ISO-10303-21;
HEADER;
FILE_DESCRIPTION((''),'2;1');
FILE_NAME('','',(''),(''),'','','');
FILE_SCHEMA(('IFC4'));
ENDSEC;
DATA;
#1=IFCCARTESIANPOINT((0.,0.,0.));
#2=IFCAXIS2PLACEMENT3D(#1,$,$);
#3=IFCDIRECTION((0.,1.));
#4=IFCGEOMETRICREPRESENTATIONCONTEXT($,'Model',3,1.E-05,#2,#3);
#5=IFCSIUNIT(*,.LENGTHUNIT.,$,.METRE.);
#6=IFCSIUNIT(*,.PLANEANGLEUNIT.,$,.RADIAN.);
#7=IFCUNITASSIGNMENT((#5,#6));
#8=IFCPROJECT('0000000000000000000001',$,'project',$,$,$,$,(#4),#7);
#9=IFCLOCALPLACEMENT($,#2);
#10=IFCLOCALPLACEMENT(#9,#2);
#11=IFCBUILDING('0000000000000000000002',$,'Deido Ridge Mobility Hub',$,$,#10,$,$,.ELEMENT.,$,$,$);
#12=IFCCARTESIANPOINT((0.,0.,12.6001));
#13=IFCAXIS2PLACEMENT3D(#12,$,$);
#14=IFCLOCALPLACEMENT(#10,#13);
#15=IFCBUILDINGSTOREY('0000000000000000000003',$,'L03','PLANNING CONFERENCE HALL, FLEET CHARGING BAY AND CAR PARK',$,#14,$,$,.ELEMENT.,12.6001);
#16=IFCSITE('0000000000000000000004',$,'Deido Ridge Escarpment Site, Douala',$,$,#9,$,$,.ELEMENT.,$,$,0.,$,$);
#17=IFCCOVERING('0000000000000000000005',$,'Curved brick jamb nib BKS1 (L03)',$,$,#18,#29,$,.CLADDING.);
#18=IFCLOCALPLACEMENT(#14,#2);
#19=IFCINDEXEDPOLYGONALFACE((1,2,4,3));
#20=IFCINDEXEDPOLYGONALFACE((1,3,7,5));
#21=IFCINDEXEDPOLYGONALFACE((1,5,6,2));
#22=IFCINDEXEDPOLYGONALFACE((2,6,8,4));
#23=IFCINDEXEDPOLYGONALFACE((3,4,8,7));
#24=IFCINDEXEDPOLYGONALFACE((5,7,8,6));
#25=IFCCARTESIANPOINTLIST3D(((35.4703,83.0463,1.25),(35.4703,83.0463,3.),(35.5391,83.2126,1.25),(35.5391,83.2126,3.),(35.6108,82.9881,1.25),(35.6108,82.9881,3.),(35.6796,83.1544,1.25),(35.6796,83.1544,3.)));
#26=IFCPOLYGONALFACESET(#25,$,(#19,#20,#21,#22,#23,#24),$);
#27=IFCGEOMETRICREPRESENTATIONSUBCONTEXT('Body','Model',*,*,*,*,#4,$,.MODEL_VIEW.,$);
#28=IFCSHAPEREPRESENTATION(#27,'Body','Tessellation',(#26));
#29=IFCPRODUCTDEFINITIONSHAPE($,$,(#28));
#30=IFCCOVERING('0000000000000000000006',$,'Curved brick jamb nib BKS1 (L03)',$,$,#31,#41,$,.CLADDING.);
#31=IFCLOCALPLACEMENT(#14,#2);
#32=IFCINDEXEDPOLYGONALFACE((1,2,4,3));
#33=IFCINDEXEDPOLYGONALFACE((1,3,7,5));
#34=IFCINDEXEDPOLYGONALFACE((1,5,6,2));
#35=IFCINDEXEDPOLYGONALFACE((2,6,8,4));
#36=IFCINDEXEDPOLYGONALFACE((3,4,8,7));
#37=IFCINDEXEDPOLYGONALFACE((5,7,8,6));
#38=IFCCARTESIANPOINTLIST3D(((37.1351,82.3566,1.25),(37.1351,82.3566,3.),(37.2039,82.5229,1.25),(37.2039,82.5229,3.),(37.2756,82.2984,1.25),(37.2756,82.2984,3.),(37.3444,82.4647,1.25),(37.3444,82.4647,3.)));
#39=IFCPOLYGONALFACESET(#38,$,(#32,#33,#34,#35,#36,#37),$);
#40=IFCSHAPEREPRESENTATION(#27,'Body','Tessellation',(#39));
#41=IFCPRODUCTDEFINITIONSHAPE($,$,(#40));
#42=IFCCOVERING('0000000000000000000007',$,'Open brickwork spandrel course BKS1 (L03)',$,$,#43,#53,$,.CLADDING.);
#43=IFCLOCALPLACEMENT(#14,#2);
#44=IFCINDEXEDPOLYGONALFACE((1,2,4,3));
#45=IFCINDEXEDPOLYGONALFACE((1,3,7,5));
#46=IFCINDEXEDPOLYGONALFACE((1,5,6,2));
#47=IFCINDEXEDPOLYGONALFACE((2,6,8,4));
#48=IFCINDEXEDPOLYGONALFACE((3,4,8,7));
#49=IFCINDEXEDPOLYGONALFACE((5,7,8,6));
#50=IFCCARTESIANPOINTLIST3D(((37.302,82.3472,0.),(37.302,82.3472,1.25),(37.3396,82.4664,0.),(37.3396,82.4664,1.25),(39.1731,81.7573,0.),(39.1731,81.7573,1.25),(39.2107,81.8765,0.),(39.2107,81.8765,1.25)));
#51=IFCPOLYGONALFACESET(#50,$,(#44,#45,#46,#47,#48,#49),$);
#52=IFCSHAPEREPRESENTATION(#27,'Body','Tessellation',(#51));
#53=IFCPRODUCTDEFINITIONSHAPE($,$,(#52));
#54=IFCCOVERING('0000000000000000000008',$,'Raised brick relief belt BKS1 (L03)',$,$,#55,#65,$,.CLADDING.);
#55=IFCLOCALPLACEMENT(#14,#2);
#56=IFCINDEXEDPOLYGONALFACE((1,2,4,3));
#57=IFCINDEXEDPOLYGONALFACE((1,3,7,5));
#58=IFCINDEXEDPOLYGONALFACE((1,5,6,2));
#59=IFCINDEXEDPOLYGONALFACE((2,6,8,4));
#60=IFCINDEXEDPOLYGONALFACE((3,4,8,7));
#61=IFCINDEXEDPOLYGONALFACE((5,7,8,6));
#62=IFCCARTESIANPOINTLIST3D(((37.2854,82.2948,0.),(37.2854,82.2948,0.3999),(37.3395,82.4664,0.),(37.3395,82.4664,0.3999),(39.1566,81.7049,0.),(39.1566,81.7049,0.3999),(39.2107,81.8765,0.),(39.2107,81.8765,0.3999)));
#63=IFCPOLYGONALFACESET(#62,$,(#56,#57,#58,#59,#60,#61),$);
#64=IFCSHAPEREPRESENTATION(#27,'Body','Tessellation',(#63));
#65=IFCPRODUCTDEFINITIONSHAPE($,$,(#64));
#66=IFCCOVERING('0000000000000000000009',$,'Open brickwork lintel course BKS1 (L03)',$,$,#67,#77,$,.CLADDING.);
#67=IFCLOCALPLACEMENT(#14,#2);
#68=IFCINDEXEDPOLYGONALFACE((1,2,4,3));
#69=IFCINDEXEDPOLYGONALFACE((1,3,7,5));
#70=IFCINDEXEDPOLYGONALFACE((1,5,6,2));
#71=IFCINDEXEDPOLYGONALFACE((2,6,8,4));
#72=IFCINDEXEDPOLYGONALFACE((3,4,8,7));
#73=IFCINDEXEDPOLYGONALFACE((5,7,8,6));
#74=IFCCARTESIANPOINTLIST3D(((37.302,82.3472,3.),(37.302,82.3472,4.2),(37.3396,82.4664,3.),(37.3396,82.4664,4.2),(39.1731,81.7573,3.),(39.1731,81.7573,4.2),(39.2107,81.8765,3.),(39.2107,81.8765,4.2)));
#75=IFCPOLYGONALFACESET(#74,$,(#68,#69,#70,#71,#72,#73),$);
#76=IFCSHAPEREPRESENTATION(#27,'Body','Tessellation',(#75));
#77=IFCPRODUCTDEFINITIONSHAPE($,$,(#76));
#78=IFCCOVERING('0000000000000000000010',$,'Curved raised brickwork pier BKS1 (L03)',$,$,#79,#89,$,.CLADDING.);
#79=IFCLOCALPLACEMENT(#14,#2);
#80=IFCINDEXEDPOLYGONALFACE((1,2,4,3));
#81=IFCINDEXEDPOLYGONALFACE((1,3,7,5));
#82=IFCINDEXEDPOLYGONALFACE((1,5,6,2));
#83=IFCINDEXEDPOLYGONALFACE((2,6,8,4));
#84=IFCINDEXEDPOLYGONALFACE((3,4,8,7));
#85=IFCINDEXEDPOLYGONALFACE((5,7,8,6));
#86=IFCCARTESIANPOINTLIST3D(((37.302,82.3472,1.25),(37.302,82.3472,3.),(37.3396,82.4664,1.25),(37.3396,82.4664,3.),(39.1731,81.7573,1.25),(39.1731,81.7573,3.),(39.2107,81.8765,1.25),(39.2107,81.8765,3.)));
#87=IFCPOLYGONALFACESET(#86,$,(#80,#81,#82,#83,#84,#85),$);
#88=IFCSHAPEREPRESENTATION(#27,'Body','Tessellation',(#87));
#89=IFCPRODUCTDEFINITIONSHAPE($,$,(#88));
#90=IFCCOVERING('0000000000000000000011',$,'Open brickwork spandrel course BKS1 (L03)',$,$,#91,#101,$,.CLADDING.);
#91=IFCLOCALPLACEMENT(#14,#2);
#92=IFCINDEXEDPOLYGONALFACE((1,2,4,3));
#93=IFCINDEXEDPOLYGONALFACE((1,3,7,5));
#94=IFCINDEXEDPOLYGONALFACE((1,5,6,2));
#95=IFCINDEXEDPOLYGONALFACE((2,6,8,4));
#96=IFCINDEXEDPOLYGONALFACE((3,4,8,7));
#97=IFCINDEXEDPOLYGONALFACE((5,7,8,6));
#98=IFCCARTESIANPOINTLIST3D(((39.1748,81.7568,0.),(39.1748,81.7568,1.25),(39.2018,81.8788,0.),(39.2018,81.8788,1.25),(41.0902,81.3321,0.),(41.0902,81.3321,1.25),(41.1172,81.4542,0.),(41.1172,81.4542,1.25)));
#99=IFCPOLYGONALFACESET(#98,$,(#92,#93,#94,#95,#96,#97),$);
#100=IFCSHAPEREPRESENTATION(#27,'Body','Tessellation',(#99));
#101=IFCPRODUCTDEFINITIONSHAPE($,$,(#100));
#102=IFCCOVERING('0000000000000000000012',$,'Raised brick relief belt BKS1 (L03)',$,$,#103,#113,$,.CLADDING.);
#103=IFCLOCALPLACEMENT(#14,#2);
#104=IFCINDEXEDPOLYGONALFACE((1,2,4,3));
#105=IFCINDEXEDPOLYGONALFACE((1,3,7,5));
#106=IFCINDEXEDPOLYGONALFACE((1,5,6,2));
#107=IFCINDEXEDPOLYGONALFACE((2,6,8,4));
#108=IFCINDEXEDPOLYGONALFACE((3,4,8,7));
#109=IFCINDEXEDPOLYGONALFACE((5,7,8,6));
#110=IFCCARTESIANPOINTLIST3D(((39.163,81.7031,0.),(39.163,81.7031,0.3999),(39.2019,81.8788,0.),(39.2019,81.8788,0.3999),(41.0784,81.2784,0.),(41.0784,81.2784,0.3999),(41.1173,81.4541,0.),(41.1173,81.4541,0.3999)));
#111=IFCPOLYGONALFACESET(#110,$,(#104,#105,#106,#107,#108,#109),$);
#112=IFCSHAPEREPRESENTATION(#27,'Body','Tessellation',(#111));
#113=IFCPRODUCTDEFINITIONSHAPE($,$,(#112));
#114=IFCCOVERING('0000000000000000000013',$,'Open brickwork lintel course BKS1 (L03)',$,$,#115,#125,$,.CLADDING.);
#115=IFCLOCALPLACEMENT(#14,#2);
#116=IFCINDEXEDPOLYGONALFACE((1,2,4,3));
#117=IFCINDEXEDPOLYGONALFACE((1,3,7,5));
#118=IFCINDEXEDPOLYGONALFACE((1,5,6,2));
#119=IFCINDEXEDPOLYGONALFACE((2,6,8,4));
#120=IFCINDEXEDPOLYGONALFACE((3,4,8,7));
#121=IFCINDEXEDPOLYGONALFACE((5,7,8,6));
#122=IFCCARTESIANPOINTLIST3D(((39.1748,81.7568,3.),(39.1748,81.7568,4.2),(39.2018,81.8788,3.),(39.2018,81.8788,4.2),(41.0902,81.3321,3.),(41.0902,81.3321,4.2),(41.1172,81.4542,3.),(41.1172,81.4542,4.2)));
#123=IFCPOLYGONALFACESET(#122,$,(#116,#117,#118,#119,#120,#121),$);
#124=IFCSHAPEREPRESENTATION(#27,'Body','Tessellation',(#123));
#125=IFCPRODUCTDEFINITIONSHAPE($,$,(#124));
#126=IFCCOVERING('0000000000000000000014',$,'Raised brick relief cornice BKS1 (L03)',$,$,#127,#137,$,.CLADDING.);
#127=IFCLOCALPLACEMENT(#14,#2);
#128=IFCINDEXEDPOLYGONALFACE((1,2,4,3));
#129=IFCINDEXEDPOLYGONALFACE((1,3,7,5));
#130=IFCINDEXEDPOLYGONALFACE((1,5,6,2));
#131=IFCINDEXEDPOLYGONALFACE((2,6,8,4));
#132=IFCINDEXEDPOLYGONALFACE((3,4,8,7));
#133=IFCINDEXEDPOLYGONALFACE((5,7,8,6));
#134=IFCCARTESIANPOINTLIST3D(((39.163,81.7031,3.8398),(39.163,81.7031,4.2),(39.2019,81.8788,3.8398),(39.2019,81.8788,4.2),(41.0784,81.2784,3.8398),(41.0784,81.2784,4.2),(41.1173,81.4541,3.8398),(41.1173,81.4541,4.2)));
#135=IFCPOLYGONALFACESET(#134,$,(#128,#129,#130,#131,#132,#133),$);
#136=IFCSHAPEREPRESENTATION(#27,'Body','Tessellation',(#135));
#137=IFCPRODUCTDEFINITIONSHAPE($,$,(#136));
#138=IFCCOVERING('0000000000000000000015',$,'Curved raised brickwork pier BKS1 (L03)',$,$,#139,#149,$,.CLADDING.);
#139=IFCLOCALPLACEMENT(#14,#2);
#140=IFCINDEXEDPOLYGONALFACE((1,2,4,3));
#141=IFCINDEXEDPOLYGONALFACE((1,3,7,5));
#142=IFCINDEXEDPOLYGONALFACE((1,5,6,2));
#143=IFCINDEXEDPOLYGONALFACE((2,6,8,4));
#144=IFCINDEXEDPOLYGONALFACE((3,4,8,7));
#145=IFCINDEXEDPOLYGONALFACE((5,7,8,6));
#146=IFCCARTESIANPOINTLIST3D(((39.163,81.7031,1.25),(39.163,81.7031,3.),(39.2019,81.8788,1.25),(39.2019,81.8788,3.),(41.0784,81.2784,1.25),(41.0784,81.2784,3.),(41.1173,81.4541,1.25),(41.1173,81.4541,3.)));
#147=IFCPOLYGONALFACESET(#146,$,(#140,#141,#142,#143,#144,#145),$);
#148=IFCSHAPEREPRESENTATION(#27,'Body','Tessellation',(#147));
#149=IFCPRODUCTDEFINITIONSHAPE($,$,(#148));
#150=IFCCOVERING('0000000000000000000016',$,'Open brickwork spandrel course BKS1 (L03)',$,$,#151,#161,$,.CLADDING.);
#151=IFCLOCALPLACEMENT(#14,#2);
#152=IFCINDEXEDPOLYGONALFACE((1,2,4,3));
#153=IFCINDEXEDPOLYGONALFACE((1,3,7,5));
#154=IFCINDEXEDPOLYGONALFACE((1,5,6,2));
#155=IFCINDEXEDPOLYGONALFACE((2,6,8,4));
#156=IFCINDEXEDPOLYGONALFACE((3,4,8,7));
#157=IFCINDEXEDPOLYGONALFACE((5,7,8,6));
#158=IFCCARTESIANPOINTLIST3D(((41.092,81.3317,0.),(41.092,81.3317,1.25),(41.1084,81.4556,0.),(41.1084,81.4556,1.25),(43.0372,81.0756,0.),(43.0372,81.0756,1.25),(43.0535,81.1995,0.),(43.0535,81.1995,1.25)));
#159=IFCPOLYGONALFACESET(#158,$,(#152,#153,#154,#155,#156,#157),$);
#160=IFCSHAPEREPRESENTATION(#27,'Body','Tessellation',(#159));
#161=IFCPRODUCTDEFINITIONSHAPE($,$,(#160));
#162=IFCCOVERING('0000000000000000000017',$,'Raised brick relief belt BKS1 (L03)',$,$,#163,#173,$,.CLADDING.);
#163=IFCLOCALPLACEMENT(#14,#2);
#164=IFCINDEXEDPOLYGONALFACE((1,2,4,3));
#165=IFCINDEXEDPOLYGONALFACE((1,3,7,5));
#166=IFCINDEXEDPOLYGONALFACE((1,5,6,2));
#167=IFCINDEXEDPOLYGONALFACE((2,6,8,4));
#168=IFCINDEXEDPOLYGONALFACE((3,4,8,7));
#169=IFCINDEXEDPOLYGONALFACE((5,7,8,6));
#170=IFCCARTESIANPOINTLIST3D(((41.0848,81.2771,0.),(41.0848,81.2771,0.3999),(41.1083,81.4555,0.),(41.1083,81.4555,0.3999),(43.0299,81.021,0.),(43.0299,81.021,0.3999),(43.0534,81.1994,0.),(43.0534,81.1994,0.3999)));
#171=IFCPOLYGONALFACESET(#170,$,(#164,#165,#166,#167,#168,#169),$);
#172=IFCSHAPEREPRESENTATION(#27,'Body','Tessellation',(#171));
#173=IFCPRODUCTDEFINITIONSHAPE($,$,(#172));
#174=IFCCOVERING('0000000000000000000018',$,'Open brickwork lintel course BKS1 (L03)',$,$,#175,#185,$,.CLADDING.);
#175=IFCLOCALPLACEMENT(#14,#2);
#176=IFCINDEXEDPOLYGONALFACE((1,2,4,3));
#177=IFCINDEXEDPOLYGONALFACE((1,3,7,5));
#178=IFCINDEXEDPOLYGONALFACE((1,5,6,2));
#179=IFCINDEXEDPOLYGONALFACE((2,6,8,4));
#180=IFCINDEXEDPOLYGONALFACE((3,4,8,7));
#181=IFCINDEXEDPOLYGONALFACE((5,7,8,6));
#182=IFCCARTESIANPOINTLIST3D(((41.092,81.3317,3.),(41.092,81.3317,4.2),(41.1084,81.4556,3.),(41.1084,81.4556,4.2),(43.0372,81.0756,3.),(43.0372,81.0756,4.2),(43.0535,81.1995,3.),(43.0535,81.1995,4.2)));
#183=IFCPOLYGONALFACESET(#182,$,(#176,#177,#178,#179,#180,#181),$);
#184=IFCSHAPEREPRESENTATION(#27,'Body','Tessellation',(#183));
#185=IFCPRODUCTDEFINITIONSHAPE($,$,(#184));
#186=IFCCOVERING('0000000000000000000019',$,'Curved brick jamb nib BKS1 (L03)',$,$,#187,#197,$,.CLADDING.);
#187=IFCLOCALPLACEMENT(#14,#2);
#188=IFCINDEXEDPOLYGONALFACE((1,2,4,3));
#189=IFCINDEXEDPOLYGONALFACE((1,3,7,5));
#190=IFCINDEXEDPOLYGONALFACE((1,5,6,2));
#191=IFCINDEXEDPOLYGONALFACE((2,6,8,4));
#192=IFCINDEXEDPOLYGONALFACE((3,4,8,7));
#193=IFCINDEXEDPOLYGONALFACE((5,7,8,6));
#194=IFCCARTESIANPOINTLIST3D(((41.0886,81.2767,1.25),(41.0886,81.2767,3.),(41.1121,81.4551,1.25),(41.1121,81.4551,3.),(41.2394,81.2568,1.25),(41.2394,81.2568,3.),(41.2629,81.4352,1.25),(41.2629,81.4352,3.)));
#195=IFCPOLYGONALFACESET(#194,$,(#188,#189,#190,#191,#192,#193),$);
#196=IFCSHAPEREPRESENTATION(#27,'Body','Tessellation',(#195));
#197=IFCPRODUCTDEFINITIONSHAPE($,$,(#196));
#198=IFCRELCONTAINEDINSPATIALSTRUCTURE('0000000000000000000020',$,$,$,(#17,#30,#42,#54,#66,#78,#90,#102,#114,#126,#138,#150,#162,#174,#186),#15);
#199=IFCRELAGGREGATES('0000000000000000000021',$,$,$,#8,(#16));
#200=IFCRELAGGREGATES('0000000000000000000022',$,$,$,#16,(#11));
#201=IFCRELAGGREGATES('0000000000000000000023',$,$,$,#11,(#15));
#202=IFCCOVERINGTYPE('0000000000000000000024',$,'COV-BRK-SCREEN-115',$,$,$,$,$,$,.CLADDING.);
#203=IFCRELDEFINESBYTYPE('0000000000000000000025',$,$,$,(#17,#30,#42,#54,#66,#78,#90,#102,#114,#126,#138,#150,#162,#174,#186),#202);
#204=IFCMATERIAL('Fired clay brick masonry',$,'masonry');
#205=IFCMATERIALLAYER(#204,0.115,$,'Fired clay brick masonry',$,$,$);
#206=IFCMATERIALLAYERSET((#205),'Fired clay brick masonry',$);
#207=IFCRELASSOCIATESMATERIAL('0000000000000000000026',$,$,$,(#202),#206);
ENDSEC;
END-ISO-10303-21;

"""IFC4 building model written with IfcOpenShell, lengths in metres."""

from ifc_helpers import new_model, si_unit, direction, frame, origin, origin_2d, place, context, subcontext, project, spatial, rectangle, extrude, material, layer, layer_set, type_object, element, save


model = new_model("IFC4")

# Units and contexts
model_context = context("Model", 3, precision=1e-05, world=origin(), true_north=direction((0.0, 1.0)))
body_context = subcontext(model_context, "Body", "Model", "MODEL_VIEW")
ifc_project = project(units=[si_unit("LENGTHUNIT", "METRE"), si_unit("PLANEANGLEUNIT", "RADIAN")], contexts=[model_context])

# Site, building, storey
site_placement = place(None, origin())
site = spatial("IfcSite", under=ifc_project, at=site_placement, Name="Deido Ridge Escarpment Site, Douala", CompositionType="ELEMENT", RefElevation=0.0)
building_placement = place(site_placement, origin())
building = spatial("IfcBuilding", under=site, at=building_placement, Name="Deido Ridge Mobility Hub", CompositionType="ELEMENT")
storey_placement = place(building_placement, frame((0.0, 0.0, 12.6001)))
storey = spatial("IfcBuildingStorey", under=building, at=storey_placement, Name="L03", Description="PLANNING CONFERENCE HALL, FLEET CHARGING BAY AND CAR PARK", CompositionType="ELEMENT", Elevation=12.6001)

# Coverings
ifc_material_1 = material(Name="Fired clay brick masonry", Category="masonry")
ifc_layer = layer(ifc_material_1, 0.115, Name="Fired clay brick masonry")
ifc_layer_set = layer_set([ifc_layer], Name="Fired clay brick masonry")
covering_type = type_object("IfcCoveringType", Name="COV-BRK-SCREEN-115", PredefinedType="CLADDING", material=ifc_layer_set)
for number, where, z_axis, x_axis, name in (
    (1, (35.575, 83.1003, 1.25), (0.0, 0.0, 1.0), (0.923873, -0.3827, 0.0), "Curved brick jamb nib BKS1 (L03)"),
    (2, (37.2397, 82.4106, 1.25), (0.0, 0.0, 1.0), (0.923873, -0.3827, 0.0), "Curved brick jamb nib BKS1 (L03)"),
):
    element("IfcCovering", number, at=place(storey_placement, frame(where, z_axis=z_axis, x_axis=x_axis)), inside=storey, type_object=covering_type, Name=name, PredefinedType="CLADDING", context=body_context, shape_type="SweptSolid", body=[
        extrude(rectangle(XDim=0.1521, YDim=0.1799, at=origin_2d()), origin(), (0.0, 0.0, 1.0), 1.75),
    ])
covering_1_placement = place(storey_placement, frame((38.2563, 82.1118, 0.0), z_axis=(0.0, 0.0, 1.0), x_axis=(0.953727, -0.300673, 0.0)))
element("IfcCovering", 3, at=covering_1_placement, inside=storey, type_object=covering_type, Name="Open brickwork spandrel course BKS1 (L03)", PredefinedType="CLADDING", context=body_context, shape_type="SweptSolid", body=[
    extrude(rectangle(XDim=1.9619, YDim=0.125, at=origin_2d()), origin(), (0.0, 0.0, 1.0), 1.25),
])
covering_2_placement = place(storey_placement, frame((38.248, 82.0857, 0.0), z_axis=(0.0, 0.0, 1.0), x_axis=(0.953727, -0.300673, 0.0)))
element("IfcCovering", 4, at=covering_2_placement, inside=storey, type_object=covering_type, Name="Raised brick relief belt BKS1 (L03)", PredefinedType="CLADDING", context=body_context, shape_type="SweptSolid", body=[
    extrude(rectangle(XDim=1.9619, YDim=0.1799, at=origin_2d()), origin(), (0.0, 0.0, 1.0), 0.3999),
])
covering_3_placement = place(storey_placement, frame((38.2563, 82.1118, 3.0), z_axis=(0.0, 0.0, 1.0), x_axis=(0.953727, -0.300673, 0.0)))
element("IfcCovering", 5, at=covering_3_placement, inside=storey, type_object=covering_type, Name="Open brickwork lintel course BKS1 (L03)", PredefinedType="CLADDING", context=body_context, shape_type="SweptSolid", body=[
    extrude(rectangle(XDim=1.9619, YDim=0.125, at=origin_2d()), origin(), (0.0, 0.0, 1.0), 1.2),
])
covering_4_placement = place(storey_placement, frame((38.2563, 82.1118, 1.25), z_axis=(0.0, 0.0, 1.0), x_axis=(0.953727, -0.300673, 0.0)))
element("IfcCovering", 6, at=covering_4_placement, inside=storey, type_object=covering_type, Name="Curved raised brickwork pier BKS1 (L03)", PredefinedType="CLADDING", context=body_context, shape_type="SweptSolid", body=[
    extrude(rectangle(XDim=1.9619, YDim=0.125, at=origin_2d()), origin(), (0.0, 0.0, 1.0), 1.75),
])
covering_5_placement = place(storey_placement, frame((40.146, 81.6055, 0.0), z_axis=(0.0, 0.0, 1.0), x_axis=(0.976292, -0.216457, 0.0)))
element("IfcCovering", 7, at=covering_5_placement, inside=storey, type_object=covering_type, Name="Open brickwork spandrel course BKS1 (L03)", PredefinedType="CLADDING", context=body_context, shape_type="SweptSolid", body=[
    extrude(rectangle(XDim=1.9619, YDim=0.125, at=origin_2d()), origin(), (0.0, 0.0, 1.0), 1.25),
])
covering_6_placement = place(storey_placement, frame((40.1401, 81.5786, 0.0), z_axis=(0.0, 0.0, 1.0), x_axis=(0.976292, -0.216457, 0.0)))
element("IfcCovering", 8, at=covering_6_placement, inside=storey, type_object=covering_type, Name="Raised brick relief belt BKS1 (L03)", PredefinedType="CLADDING", context=body_context, shape_type="SweptSolid", body=[
    extrude(rectangle(XDim=1.9619, YDim=0.1799, at=origin_2d()), origin(), (0.0, 0.0, 1.0), 0.3999),
])
covering_7_placement = place(storey_placement, frame((40.146, 81.6055, 3.0), z_axis=(0.0, 0.0, 1.0), x_axis=(0.976292, -0.216457, 0.0)))
element("IfcCovering", 9, at=covering_7_placement, inside=storey, type_object=covering_type, Name="Open brickwork lintel course BKS1 (L03)", PredefinedType="CLADDING", context=body_context, shape_type="SweptSolid", body=[
    extrude(rectangle(XDim=1.9619, YDim=0.125, at=origin_2d()), origin(), (0.0, 0.0, 1.0), 1.2),
])
covering_8_placement = place(storey_placement, frame((40.1401, 81.5786, 3.8398), z_axis=(0.0, 0.0, 1.0), x_axis=(0.976292, -0.216457, 0.0)))
element("IfcCovering", 10, at=covering_8_placement, inside=storey, type_object=covering_type, Name="Raised brick relief cornice BKS1 (L03)", PredefinedType="CLADDING", context=body_context, shape_type="SweptSolid", body=[
    extrude(rectangle(XDim=1.9619, YDim=0.1799, at=origin_2d()), origin(), (0.0, 0.0, 1.0), 0.3601),
])
covering_9_placement = place(storey_placement, frame((40.1401, 81.5786, 1.25), z_axis=(0.0, 0.0, 1.0), x_axis=(0.976292, -0.216457, 0.0)))
element("IfcCovering", 11, at=covering_9_placement, inside=storey, type_object=covering_type, Name="Curved raised brickwork pier BKS1 (L03)", PredefinedType="CLADDING", context=body_context, shape_type="SweptSolid", body=[
    extrude(rectangle(XDim=1.9619, YDim=0.1799, at=origin_2d()), origin(), (0.0, 0.0, 1.0), 1.75),
])
covering_10_placement = place(storey_placement, frame((42.0728, 81.2656, 0.0), z_axis=(0.0, 0.0, 1.0), x_axis=(0.991443, -0.130543, 0.0)))
element("IfcCovering", 12, at=covering_10_placement, inside=storey, type_object=covering_type, Name="Open brickwork spandrel course BKS1 (L03)", PredefinedType="CLADDING", context=body_context, shape_type="SweptSolid", body=[
    extrude(rectangle(XDim=1.9619, YDim=0.125, at=origin_2d()), origin(), (0.0, 0.0, 1.0), 1.25),
])
covering_11_placement = place(storey_placement, frame((42.0691, 81.2383, 0.0), z_axis=(0.0, 0.0, 1.0), x_axis=(0.991443, -0.130543, 0.0)))
element("IfcCovering", 13, at=covering_11_placement, inside=storey, type_object=covering_type, Name="Raised brick relief belt BKS1 (L03)", PredefinedType="CLADDING", context=body_context, shape_type="SweptSolid", body=[
    extrude(rectangle(XDim=1.9619, YDim=0.1799, at=origin_2d()), origin(), (0.0, 0.0, 1.0), 0.3999),
])
covering_12_placement = place(storey_placement, frame((42.0728, 81.2656, 3.0), z_axis=(0.0, 0.0, 1.0), x_axis=(0.991443, -0.130543, 0.0)))
element("IfcCovering", 14, at=covering_12_placement, inside=storey, type_object=covering_type, Name="Open brickwork lintel course BKS1 (L03)", PredefinedType="CLADDING", context=body_context, shape_type="SweptSolid", body=[
    extrude(rectangle(XDim=1.9619, YDim=0.125, at=origin_2d()), origin(), (0.0, 0.0, 1.0), 1.2),
])
for number, where, z_axis, x_axis, name in (
    (15, (41.1758, 81.356, 1.25), (0.0, 0.0, 1.0), (0.991443, -0.130543, 0.0), "Curved brick jamb nib BKS1 (L03)"),
):
    element("IfcCovering", number, at=place(storey_placement, frame(where, z_axis=z_axis, x_axis=x_axis)), inside=storey, type_object=covering_type, Name=name, PredefinedType="CLADDING", context=body_context, shape_type="SweptSolid", body=[
        extrude(rectangle(XDim=0.1521, YDim=0.1799, at=origin_2d()), origin(), (0.0, 0.0, 1.0), 1.75),
    ])

save(model, "model.ifc")
